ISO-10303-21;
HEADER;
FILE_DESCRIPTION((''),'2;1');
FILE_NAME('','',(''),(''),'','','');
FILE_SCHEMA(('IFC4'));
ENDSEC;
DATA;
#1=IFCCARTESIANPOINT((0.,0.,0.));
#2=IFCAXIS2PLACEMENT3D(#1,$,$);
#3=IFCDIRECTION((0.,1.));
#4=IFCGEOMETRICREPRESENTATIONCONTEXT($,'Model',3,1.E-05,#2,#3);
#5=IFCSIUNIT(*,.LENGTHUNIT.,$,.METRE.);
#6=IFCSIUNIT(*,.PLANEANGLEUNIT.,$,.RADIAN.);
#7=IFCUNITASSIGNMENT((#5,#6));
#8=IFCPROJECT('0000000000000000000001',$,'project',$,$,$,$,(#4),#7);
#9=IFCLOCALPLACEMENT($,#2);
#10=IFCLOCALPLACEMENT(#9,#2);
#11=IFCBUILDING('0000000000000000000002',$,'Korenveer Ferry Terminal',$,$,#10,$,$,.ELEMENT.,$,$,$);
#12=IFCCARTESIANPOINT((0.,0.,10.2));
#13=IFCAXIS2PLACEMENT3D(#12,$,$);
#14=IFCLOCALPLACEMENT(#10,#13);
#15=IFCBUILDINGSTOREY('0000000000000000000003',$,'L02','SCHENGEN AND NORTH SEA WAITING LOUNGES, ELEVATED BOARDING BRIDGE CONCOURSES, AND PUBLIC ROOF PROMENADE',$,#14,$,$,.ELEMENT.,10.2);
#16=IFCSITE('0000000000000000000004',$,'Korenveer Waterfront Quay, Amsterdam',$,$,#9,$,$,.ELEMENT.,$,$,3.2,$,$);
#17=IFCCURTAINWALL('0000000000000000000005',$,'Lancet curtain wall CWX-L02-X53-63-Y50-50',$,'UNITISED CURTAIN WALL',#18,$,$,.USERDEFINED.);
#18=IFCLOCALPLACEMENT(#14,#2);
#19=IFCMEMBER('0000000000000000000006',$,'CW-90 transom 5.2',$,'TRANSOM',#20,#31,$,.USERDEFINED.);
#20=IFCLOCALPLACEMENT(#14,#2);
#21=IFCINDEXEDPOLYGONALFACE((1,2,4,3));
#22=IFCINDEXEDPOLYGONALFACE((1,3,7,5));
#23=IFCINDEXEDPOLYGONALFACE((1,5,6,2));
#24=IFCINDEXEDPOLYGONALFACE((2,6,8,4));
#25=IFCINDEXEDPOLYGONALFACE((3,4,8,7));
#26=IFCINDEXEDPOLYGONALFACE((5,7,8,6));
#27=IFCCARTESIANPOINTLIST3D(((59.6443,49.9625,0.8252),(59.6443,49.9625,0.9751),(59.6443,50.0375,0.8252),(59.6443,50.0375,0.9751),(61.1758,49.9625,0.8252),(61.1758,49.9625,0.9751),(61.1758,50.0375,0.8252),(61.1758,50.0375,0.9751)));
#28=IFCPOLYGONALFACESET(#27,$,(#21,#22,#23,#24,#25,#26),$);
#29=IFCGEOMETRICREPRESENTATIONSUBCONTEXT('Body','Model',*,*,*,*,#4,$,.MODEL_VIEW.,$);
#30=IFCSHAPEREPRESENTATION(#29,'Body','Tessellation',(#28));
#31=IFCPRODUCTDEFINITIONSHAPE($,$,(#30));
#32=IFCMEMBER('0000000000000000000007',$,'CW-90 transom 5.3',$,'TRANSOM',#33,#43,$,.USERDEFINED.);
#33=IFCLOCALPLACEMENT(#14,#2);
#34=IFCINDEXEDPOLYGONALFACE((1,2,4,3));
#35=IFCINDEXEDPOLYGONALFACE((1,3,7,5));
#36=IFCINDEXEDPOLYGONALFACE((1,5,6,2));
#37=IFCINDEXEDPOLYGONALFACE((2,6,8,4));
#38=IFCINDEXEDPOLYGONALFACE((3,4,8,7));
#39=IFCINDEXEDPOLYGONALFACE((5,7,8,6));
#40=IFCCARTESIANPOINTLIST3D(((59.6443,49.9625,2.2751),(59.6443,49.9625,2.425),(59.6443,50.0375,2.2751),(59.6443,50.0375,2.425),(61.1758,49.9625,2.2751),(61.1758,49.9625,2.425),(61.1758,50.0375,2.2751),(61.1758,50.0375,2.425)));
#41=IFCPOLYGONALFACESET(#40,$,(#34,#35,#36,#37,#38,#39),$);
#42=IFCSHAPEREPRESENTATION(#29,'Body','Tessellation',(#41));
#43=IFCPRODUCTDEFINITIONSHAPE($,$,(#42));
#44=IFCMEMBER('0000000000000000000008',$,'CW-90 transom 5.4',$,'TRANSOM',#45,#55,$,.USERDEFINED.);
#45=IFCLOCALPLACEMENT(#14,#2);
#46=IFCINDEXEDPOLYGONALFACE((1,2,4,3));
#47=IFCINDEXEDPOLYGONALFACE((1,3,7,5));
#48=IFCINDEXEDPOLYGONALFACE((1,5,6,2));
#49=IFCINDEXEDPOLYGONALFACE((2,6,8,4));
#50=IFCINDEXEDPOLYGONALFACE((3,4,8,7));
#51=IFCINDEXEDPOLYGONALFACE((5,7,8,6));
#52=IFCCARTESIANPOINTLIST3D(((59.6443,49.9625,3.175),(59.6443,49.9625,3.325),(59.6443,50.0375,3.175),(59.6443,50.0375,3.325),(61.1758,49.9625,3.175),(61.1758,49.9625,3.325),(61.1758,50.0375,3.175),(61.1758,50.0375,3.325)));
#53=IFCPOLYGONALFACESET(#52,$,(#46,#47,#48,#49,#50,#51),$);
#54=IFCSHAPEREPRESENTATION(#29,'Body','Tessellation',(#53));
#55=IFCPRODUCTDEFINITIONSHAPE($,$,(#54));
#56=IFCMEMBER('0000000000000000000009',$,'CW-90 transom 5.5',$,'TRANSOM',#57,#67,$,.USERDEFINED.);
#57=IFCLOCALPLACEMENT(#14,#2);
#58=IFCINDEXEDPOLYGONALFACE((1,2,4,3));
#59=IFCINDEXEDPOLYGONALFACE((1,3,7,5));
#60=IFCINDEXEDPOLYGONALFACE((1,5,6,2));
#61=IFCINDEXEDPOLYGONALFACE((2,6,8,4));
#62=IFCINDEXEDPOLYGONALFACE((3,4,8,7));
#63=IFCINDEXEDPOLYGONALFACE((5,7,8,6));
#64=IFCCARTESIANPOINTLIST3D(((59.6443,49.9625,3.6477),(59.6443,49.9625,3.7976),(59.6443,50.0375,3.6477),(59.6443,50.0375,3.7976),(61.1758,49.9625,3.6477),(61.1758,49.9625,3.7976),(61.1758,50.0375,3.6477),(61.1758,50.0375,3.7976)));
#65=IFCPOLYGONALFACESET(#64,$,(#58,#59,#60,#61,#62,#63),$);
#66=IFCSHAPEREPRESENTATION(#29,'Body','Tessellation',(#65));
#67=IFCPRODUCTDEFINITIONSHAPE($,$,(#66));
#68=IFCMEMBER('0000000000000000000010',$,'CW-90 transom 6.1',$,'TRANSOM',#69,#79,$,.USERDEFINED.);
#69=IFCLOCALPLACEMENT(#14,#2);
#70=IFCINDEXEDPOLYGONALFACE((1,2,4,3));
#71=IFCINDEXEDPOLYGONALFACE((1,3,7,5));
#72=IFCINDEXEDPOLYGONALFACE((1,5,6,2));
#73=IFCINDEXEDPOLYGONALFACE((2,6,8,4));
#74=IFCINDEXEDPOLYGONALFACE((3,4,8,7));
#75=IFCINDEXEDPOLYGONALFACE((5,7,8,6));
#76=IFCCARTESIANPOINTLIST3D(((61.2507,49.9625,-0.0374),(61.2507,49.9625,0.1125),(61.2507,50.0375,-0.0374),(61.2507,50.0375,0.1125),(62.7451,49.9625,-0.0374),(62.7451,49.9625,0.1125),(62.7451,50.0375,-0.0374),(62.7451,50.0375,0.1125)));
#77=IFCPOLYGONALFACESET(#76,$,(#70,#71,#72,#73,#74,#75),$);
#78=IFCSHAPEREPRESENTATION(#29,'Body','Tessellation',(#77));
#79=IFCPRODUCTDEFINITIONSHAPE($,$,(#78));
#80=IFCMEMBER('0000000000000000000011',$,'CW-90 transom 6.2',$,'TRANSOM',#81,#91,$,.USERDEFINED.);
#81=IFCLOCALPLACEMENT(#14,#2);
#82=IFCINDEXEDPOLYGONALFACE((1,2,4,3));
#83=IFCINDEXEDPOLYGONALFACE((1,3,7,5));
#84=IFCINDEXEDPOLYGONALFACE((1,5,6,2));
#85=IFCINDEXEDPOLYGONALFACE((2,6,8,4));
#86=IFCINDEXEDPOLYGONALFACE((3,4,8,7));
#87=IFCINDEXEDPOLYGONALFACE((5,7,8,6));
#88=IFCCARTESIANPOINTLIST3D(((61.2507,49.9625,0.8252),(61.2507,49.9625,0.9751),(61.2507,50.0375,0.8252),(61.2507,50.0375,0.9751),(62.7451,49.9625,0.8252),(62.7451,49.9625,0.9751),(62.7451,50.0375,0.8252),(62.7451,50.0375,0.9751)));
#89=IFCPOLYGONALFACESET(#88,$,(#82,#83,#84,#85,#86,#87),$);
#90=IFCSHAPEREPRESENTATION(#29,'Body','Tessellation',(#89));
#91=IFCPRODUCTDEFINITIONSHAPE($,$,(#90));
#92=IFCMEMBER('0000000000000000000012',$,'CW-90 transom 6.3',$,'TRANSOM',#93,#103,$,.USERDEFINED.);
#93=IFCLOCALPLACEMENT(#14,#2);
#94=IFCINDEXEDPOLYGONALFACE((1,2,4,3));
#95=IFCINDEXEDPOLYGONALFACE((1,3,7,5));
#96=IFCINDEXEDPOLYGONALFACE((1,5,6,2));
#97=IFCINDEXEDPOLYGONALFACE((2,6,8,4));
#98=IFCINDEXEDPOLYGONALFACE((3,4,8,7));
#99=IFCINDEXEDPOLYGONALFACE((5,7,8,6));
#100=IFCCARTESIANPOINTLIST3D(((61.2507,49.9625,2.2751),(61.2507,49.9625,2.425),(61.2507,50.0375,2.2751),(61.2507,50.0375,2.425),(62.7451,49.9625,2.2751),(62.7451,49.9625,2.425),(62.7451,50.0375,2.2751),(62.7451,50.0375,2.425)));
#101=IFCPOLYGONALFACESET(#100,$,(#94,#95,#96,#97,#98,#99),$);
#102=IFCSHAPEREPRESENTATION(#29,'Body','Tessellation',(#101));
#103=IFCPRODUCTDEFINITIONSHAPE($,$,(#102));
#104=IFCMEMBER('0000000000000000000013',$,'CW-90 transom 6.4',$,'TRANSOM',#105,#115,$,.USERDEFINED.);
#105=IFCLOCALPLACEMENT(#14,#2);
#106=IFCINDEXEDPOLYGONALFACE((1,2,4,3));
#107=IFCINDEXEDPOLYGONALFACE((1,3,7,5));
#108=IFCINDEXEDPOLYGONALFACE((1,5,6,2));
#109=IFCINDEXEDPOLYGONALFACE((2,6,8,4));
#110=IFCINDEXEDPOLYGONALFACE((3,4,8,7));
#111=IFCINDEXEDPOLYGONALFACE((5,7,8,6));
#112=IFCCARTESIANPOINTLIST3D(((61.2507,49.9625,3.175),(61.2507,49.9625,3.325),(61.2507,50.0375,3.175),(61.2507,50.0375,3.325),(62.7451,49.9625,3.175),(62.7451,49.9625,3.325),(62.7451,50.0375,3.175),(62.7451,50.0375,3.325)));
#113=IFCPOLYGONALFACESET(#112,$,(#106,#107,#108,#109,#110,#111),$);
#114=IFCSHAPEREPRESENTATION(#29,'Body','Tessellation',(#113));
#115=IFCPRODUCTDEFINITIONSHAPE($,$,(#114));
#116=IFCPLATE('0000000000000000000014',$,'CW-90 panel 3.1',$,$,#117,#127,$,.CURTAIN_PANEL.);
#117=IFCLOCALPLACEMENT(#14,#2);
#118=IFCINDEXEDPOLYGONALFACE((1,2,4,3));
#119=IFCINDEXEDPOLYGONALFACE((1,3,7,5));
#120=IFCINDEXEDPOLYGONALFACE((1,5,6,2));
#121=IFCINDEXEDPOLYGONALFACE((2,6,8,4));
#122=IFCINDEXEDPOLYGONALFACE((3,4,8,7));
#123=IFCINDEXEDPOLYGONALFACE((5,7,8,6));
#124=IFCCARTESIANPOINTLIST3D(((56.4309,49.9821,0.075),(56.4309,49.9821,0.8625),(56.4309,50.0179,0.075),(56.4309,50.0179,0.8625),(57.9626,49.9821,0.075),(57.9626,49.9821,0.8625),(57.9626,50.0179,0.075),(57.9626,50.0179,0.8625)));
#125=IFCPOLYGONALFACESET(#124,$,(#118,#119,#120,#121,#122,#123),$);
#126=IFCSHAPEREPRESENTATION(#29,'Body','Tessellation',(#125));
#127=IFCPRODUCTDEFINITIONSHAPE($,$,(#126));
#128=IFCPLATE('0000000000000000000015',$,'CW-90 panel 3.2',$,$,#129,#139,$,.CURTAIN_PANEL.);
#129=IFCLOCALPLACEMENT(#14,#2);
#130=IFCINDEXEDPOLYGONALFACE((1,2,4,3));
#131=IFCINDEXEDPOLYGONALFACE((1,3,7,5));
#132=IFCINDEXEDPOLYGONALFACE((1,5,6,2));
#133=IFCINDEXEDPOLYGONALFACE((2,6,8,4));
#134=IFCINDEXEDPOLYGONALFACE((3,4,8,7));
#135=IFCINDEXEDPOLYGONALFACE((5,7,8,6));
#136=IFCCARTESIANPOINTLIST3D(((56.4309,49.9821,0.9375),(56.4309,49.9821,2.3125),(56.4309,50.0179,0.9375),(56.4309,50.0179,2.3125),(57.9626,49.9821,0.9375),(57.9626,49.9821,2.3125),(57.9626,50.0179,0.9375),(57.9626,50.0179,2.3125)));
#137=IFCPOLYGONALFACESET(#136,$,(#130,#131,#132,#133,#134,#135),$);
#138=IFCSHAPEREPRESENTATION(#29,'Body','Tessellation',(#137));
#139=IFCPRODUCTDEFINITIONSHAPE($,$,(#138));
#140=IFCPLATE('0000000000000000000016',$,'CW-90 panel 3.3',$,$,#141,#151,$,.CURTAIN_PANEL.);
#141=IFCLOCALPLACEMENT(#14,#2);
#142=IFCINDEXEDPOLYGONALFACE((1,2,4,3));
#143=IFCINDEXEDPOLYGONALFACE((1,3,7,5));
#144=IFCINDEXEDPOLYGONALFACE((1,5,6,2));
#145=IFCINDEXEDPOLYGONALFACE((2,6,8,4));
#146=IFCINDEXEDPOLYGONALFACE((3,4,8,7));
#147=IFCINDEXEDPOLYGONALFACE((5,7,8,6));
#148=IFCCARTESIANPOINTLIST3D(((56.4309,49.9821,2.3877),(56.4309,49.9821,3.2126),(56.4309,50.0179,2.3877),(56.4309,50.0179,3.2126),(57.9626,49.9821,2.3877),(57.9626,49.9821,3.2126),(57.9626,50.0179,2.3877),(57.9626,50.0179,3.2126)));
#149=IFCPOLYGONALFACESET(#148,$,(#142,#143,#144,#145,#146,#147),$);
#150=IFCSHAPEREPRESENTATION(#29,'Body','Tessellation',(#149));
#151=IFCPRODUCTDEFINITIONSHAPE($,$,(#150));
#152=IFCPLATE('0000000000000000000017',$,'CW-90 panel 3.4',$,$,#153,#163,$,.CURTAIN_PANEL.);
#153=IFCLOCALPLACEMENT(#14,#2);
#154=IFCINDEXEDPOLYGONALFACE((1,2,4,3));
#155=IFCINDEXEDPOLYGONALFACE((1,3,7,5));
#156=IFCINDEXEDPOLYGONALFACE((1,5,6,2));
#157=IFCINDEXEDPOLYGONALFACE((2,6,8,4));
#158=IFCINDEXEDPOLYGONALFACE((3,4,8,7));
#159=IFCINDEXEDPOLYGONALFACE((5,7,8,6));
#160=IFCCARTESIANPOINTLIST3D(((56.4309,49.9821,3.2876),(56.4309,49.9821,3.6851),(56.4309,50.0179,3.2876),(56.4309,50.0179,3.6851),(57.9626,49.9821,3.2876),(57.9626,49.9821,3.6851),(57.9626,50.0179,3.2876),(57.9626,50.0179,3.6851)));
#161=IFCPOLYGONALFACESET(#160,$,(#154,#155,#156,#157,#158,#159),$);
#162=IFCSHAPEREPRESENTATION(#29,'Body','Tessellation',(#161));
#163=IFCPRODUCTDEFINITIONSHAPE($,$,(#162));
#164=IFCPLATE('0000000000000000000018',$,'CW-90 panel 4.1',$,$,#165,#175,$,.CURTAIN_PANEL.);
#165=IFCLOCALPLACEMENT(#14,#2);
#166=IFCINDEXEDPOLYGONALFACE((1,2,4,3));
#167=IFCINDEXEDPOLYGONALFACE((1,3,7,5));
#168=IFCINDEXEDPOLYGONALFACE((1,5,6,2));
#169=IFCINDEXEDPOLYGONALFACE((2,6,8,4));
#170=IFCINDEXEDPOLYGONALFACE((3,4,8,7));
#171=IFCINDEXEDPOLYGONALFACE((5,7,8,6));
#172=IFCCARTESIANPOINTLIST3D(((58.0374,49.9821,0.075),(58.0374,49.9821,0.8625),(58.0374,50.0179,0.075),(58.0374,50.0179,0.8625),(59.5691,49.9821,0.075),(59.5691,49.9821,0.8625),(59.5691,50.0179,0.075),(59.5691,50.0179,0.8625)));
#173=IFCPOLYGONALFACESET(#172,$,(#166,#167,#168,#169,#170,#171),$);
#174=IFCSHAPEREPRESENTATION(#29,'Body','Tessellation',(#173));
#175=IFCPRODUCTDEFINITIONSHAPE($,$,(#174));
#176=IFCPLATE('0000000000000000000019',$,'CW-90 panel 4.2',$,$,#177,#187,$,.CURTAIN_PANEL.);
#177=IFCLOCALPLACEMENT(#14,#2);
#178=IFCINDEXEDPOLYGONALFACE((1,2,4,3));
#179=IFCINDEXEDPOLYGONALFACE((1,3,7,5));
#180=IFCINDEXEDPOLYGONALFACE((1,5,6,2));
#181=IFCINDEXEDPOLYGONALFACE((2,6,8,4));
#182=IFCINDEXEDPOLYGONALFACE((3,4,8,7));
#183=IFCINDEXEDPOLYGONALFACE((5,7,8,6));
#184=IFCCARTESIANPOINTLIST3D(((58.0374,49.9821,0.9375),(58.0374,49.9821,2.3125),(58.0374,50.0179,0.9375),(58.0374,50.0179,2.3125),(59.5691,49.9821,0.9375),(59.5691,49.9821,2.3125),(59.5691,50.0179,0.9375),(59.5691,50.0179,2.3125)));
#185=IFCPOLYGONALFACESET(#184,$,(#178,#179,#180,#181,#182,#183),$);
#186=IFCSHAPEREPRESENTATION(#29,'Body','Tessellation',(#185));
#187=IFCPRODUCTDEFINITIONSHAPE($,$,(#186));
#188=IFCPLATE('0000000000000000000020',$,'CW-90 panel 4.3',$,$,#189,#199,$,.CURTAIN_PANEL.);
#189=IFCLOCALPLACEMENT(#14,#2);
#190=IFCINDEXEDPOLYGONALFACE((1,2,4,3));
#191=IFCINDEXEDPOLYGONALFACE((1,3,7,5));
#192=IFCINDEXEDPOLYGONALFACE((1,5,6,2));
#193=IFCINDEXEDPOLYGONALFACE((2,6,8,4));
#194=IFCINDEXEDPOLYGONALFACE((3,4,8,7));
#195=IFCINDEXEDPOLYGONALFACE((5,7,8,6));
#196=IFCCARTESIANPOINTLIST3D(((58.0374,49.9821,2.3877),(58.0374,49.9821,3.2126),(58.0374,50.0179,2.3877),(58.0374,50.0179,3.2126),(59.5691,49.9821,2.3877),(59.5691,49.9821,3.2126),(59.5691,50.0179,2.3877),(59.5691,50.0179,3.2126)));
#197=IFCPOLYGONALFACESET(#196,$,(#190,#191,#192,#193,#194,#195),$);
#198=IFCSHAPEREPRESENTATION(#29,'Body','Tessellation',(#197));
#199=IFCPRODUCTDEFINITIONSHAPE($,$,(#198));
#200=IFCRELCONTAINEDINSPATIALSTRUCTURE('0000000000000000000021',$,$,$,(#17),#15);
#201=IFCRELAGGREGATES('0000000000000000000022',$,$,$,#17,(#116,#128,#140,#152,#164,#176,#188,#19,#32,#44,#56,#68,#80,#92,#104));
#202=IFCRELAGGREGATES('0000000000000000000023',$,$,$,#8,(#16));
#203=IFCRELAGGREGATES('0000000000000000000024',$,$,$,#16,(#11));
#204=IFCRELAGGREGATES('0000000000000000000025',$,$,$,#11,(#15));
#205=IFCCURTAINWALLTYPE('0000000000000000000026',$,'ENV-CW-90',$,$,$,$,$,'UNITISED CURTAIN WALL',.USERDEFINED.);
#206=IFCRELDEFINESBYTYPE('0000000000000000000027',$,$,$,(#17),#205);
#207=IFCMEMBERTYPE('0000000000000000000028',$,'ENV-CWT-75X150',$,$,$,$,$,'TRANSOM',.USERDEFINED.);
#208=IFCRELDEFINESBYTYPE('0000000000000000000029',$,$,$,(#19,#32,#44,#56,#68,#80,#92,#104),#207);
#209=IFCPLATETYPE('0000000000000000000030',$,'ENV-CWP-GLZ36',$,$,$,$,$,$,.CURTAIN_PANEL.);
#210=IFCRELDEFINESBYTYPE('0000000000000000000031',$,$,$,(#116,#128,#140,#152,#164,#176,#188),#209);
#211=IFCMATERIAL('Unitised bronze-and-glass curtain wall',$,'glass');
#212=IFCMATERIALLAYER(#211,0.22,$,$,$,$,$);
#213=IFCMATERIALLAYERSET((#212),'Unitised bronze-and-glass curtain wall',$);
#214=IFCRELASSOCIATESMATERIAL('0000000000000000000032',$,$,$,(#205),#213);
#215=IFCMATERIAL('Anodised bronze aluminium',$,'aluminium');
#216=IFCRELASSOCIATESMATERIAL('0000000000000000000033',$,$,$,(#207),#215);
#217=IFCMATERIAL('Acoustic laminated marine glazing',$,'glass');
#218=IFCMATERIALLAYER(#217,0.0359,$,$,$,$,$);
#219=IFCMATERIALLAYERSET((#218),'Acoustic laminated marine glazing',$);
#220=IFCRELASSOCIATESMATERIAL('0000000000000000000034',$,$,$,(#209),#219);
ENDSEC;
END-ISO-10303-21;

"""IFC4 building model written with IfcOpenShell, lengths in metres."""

from ifc_helpers import new_model, si_unit, direction, frame, origin, origin_2d, place, context, subcontext, project, spatial, rectangle, extrude, material, layer, layer_set, material_profile, profile_set, type_object, element, aggregate, save


model = new_model("IFC4")

# Units and contexts
model_context = context("Model", 3, precision=1e-05, world=origin(), true_north=direction((0.0, 1.0)))
body_context = subcontext(model_context, "Body", "Model", "MODEL_VIEW")
ifc_project = project(units=[si_unit("LENGTHUNIT", "METRE"), si_unit("PLANEANGLEUNIT", "RADIAN")], contexts=[model_context])

# Site, building, storey
site_placement = place(None, origin())
site = spatial("IfcSite", under=ifc_project, at=site_placement, Name="Korenveer Waterfront Quay, Amsterdam", CompositionType="ELEMENT", RefElevation=3.2)
building_placement = place(site_placement, origin())
building = spatial("IfcBuilding", under=site, at=building_placement, Name="Korenveer Ferry Terminal", CompositionType="ELEMENT")
storey_placement = place(building_placement, frame((0.0, 0.0, 10.2)))
storey = spatial("IfcBuildingStorey", under=building, at=storey_placement, Name="L02", Description="SCHENGEN AND NORTH SEA WAITING LOUNGES, ELEVATED BOARDING BRIDGE CONCOURSES, AND PUBLIC ROOF PROMENADE", CompositionType="ELEMENT", Elevation=10.2)

# Curtain wall, members, plates
ifc_material_1 = material(Name="Unitised bronze-and-glass curtain wall", Category="glass")
ifc_layer_1 = layer(ifc_material_1, 0.22)
ifc_layer_set_1 = layer_set([ifc_layer_1], Name="Unitised bronze-and-glass curtain wall")
curtain_wall_type = type_object("IfcCurtainWallType", Name="ENV-CW-90", ElementType="UNITISED CURTAIN WALL", PredefinedType="USERDEFINED", material=ifc_layer_set_1)
curtain_wall_placement = place(storey_placement, frame((53.1799, 50.0, 0.0)))
curtain_wall = element("IfcCurtainWall", 1, at=curtain_wall_placement, inside=storey, type_object=curtain_wall_type, Name="Lancet curtain wall CWX-L02-X53-63-Y50-50", ObjectType="UNITISED CURTAIN WALL", PredefinedType="USERDEFINED")
ifc_material_2 = material(Name="Anodised bronze aluminium", Category="aluminium")
ifc_material_profile_1 = material_profile(ifc_material_2, rectangle(XDim=0.075, YDim=0.1499, at=origin_2d()), Name="ALU 75x150")
ifc_profile_set_1 = profile_set([ifc_material_profile_1], Name="Anodised bronze aluminium")
member_type_1 = type_object("IfcMemberType", Name="ENV-CWT-75X150", ElementType="TRANSOM", PredefinedType="USERDEFINED", material=ifc_profile_set_1)
member_1_placement = place(storey_placement, frame((59.6443, 50.0, 0.9001), z_axis=(1.0, 0.0, 0.0), x_axis=(0.0, 1.0, 0.0)))
member_1 = element("IfcMember", 2, at=member_1_placement, type_object=member_type_1, Name="CW-90 transom 5.2", ObjectType="TRANSOM", PredefinedType="USERDEFINED", context=body_context, shape_type="SweptSolid", body=[
    extrude(rectangle(XDim=0.075, YDim=0.1499, at=origin_2d()), origin(), (0.0, 0.0, 1.0), 1.5315),
])
member_2_placement = place(storey_placement, frame((59.6443, 50.0, 2.3501), z_axis=(1.0, 0.0, 0.0), x_axis=(0.0, 1.0, 0.0)))
member_2 = element("IfcMember", 3, at=member_2_placement, type_object=member_type_1, Name="CW-90 transom 5.3", ObjectType="TRANSOM", PredefinedType="USERDEFINED", context=body_context, shape_type="SweptSolid", body=[
    extrude(rectangle(XDim=0.075, YDim=0.1499, at=origin_2d()), origin(), (0.0, 0.0, 1.0), 1.5315),
])
member_3_placement = place(storey_placement, frame((59.6443, 50.0, 3.25), z_axis=(1.0, 0.0, 0.0), x_axis=(0.0, 1.0, 0.0)))
member_3 = element("IfcMember", 4, at=member_3_placement, type_object=member_type_1, Name="CW-90 transom 5.4", ObjectType="TRANSOM", PredefinedType="USERDEFINED", context=body_context, shape_type="SweptSolid", body=[
    extrude(rectangle(XDim=0.075, YDim=0.1499, at=origin_2d()), origin(), (0.0, 0.0, 1.0), 1.5315),
])
member_4_placement = place(storey_placement, frame((59.6443, 50.0, 3.7227), z_axis=(1.0, 0.0, 0.0), x_axis=(0.0, 1.0, 0.0)))
member_4 = element("IfcMember", 5, at=member_4_placement, type_object=member_type_1, Name="CW-90 transom 5.5", ObjectType="TRANSOM", PredefinedType="USERDEFINED", context=body_context, shape_type="SweptSolid", body=[
    extrude(rectangle(XDim=0.075, YDim=0.1499, at=origin_2d()), origin(), (0.0, 0.0, 1.0), 1.5315),
])
member_5_placement = place(storey_placement, frame((61.2507, 50.0, 0.0376), z_axis=(1.0, 0.0, 0.0), x_axis=(0.0, 1.0, 0.0)))
member_5 = element("IfcMember", 6, at=member_5_placement, type_object=member_type_1, Name="CW-90 transom 6.1", ObjectType="TRANSOM", PredefinedType="USERDEFINED", context=body_context, shape_type="SweptSolid", body=[
    extrude(rectangle(XDim=0.075, YDim=0.1499, at=origin_2d()), origin(), (0.0, 0.0, 1.0), 1.4944),
])
member_6_placement = place(storey_placement, frame((61.2507, 50.0, 0.9001), z_axis=(1.0, 0.0, 0.0), x_axis=(0.0, 1.0, 0.0)))
member_6 = element("IfcMember", 7, at=member_6_placement, type_object=member_type_1, Name="CW-90 transom 6.2", ObjectType="TRANSOM", PredefinedType="USERDEFINED", context=body_context, shape_type="SweptSolid", body=[
    extrude(rectangle(XDim=0.075, YDim=0.1499, at=origin_2d()), origin(), (0.0, 0.0, 1.0), 1.4944),
])
member_7_placement = place(storey_placement, frame((61.2507, 50.0, 2.3501), z_axis=(1.0, 0.0, 0.0), x_axis=(0.0, 1.0, 0.0)))
member_7 = element("IfcMember", 8, at=member_7_placement, type_object=member_type_1, Name="CW-90 transom 6.3", ObjectType="TRANSOM", PredefinedType="USERDEFINED", context=body_context, shape_type="SweptSolid", body=[
    extrude(rectangle(XDim=0.075, YDim=0.1499, at=origin_2d()), origin(), (0.0, 0.0, 1.0), 1.4944),
])
member_8_placement = place(storey_placement, frame((61.2507, 50.0, 3.25), z_axis=(1.0, 0.0, 0.0), x_axis=(0.0, 1.0, 0.0)))
member_8 = element("IfcMember", 9, at=member_8_placement, type_object=member_type_1, Name="CW-90 transom 6.4", ObjectType="TRANSOM", PredefinedType="USERDEFINED", context=body_context, shape_type="SweptSolid", body=[
    extrude(rectangle(XDim=0.075, YDim=0.1499, at=origin_2d()), origin(), (0.0, 0.0, 1.0), 1.4944),
])
ifc_material_3 = material(Name="Acoustic laminated marine glazing", Category="glass")
ifc_layer_2 = layer(ifc_material_3, 0.0359)
ifc_layer_set_2 = layer_set([ifc_layer_2], Name="Acoustic laminated marine glazing")
plate_type = type_object("IfcPlateType", Name="ENV-CWP-GLZ36", PredefinedType="CURTAIN_PANEL", material=ifc_layer_set_2)
plate_1_placement = place(storey_placement, frame((57.1968, 50.0, 0.075), z_axis=(0.0, 0.0, 1.0), x_axis=(1.0, 0.0, 0.0)))
plate_1 = element("IfcPlate", 10, at=plate_1_placement, type_object=plate_type, Name="CW-90 panel 3.1", PredefinedType="CURTAIN_PANEL", context=body_context, shape_type="SweptSolid", body=[
    extrude(rectangle(XDim=1.5317, YDim=0.0359, at=origin_2d()), origin(), (0.0, 0.0, 1.0), 0.7876),
])
plate_2_placement = place(storey_placement, frame((57.1968, 50.0, 0.9375), z_axis=(0.0, 0.0, 1.0), x_axis=(1.0, 0.0, 0.0)))
plate_2 = element("IfcPlate", 11, at=plate_2_placement, type_object=plate_type, Name="CW-90 panel 3.2", PredefinedType="CURTAIN_PANEL", context=body_context, shape_type="SweptSolid", body=[
    extrude(rectangle(XDim=1.5317, YDim=0.0359, at=origin_2d()), origin(), (0.0, 0.0, 1.0), 1.375),
])
plate_3_placement = place(storey_placement, frame((57.1968, 50.0, 2.3877), z_axis=(0.0, 0.0, 1.0), x_axis=(1.0, 0.0, 0.0)))
plate_3 = element("IfcPlate", 12, at=plate_3_placement, type_object=plate_type, Name="CW-90 panel 3.3", PredefinedType="CURTAIN_PANEL", context=body_context, shape_type="SweptSolid", body=[
    extrude(rectangle(XDim=1.5317, YDim=0.0359, at=origin_2d()), origin(), (0.0, 0.0, 1.0), 0.825),
])
plate_4_placement = place(storey_placement, frame((57.1968, 50.0, 3.2876), z_axis=(0.0, 0.0, 1.0), x_axis=(1.0, 0.0, 0.0)))
plate_4 = element("IfcPlate", 13, at=plate_4_placement, type_object=plate_type, Name="CW-90 panel 3.4", PredefinedType="CURTAIN_PANEL", context=body_context, shape_type="SweptSolid", body=[
    extrude(rectangle(XDim=1.5317, YDim=0.0359, at=origin_2d()), origin(), (0.0, 0.0, 1.0), 0.3975),
])
plate_5_placement = place(storey_placement, frame((58.8032, 50.0, 0.075), z_axis=(0.0, 0.0, 1.0), x_axis=(1.0, 0.0, 0.0)))
plate_5 = element("IfcPlate", 14, at=plate_5_placement, type_object=plate_type, Name="CW-90 panel 4.1", PredefinedType="CURTAIN_PANEL", context=body_context, shape_type="SweptSolid", body=[
    extrude(rectangle(XDim=1.5317, YDim=0.0359, at=origin_2d()), origin(), (0.0, 0.0, 1.0), 0.7876),
])
plate_6_placement = place(storey_placement, frame((58.8032, 50.0, 0.9375), z_axis=(0.0, 0.0, 1.0), x_axis=(1.0, 0.0, 0.0)))
plate_6 = element("IfcPlate", 15, at=plate_6_placement, type_object=plate_type, Name="CW-90 panel 4.2", PredefinedType="CURTAIN_PANEL", context=body_context, shape_type="SweptSolid", body=[
    extrude(rectangle(XDim=1.5317, YDim=0.0359, at=origin_2d()), origin(), (0.0, 0.0, 1.0), 1.375),
])
plate_7_placement = place(storey_placement, frame((58.8032, 50.0, 2.3877), z_axis=(0.0, 0.0, 1.0), x_axis=(1.0, 0.0, 0.0)))
plate_7 = element("IfcPlate", 16, at=plate_7_placement, type_object=plate_type, Name="CW-90 panel 4.3", PredefinedType="CURTAIN_PANEL", context=body_context, shape_type="SweptSolid", body=[
    extrude(rectangle(XDim=1.5317, YDim=0.0359, at=origin_2d()), origin(), (0.0, 0.0, 1.0), 0.825),
])
aggregate(curtain_wall, [plate_1, plate_2, plate_3, plate_4, plate_5, plate_6, plate_7, member_1, member_2, member_3, member_4, member_5, member_6, member_7, member_8])

save(model, "model.ifc")
